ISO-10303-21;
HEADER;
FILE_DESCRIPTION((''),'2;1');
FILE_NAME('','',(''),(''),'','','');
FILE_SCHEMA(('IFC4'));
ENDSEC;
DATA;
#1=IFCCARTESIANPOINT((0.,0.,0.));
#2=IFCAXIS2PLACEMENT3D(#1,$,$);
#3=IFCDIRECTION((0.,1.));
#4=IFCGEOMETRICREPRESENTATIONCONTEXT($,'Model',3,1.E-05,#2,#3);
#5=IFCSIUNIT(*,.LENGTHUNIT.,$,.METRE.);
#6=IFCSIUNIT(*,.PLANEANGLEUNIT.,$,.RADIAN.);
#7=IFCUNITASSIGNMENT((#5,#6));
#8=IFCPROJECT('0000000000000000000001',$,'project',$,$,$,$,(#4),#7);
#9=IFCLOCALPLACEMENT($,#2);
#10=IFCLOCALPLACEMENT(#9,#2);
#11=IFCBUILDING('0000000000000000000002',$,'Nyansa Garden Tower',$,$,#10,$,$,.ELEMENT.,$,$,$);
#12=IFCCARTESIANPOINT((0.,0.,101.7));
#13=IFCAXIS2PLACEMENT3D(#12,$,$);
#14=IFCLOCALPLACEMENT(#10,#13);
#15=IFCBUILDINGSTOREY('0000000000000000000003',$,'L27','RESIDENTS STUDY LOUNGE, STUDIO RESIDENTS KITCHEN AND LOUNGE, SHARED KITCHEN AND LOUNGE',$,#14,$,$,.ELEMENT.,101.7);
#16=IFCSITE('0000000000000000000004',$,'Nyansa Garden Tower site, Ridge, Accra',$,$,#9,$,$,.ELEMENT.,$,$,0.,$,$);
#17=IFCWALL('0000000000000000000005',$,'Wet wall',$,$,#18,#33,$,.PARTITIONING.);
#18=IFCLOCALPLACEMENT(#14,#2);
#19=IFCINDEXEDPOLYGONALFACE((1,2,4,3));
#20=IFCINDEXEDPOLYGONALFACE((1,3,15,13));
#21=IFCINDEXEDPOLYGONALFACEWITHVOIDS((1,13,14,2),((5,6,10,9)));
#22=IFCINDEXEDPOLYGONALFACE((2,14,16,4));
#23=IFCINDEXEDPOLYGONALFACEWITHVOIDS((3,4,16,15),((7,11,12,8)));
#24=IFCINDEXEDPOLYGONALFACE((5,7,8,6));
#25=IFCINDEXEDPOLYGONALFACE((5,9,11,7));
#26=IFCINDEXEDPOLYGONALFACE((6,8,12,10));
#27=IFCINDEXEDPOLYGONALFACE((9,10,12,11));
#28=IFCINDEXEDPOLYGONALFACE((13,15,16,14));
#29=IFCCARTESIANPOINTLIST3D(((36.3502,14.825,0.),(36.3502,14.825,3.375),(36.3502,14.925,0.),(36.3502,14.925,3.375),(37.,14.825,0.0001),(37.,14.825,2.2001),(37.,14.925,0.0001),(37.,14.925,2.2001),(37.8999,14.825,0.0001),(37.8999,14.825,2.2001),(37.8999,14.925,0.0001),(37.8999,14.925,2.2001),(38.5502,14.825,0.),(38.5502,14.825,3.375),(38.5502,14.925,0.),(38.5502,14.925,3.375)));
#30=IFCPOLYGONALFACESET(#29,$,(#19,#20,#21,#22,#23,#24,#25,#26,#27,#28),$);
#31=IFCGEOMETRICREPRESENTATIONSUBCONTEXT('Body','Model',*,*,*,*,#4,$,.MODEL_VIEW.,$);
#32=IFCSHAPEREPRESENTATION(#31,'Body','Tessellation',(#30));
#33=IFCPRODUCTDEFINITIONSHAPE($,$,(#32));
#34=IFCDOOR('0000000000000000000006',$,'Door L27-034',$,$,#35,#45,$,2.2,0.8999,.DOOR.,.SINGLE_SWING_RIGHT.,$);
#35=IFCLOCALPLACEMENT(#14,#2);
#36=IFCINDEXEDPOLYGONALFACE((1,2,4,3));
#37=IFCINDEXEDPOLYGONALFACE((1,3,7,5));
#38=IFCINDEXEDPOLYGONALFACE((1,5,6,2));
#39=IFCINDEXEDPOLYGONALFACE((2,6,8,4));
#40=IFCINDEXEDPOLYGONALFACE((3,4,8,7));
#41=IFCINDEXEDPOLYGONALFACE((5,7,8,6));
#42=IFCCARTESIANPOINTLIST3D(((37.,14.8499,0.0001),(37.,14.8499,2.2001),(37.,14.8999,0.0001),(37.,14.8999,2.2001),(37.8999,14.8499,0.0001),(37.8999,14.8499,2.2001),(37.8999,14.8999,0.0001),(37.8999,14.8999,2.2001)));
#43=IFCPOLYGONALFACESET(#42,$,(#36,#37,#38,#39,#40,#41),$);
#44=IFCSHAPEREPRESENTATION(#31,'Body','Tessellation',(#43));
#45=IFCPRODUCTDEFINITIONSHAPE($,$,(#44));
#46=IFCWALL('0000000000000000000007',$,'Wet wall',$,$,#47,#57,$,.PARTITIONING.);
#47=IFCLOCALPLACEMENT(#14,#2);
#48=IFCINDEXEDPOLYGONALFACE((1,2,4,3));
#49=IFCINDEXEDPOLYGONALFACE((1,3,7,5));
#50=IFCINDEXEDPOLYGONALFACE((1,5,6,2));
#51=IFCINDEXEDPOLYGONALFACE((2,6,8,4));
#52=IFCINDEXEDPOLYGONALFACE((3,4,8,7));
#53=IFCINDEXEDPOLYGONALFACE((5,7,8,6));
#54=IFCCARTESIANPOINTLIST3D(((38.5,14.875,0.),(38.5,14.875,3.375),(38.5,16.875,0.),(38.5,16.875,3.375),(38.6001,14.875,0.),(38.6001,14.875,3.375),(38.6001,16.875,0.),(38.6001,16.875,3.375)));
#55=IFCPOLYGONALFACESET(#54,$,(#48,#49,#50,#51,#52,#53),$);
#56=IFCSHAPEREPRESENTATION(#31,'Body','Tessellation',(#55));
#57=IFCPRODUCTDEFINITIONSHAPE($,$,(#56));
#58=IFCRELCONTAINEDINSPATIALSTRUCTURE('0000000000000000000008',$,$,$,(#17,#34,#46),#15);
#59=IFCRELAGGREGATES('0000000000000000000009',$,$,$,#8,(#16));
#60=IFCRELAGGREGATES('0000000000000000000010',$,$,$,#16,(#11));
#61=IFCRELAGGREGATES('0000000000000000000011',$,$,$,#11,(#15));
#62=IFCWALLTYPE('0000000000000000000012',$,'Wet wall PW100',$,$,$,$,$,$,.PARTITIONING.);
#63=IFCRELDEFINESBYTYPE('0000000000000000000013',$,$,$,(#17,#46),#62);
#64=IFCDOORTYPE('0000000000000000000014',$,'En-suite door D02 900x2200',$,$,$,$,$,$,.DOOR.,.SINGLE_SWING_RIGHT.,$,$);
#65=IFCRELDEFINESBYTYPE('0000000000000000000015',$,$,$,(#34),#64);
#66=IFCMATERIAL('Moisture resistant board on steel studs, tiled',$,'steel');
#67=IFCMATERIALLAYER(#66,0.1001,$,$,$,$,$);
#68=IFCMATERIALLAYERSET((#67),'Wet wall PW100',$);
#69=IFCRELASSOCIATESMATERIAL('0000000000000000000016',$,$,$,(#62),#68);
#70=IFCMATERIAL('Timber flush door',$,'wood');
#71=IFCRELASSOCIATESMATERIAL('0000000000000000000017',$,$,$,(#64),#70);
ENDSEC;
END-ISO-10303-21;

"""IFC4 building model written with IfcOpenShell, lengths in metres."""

from ifc_helpers import new_model, si_unit, direction, frame, frame_2d, origin, place, context, subcontext, project, spatial, rectangle, extrude, material, layer, layer_set, type_object, element, fill, save


model = new_model("IFC4")

# Units and contexts
model_context = context("Model", 3, precision=1e-05, world=origin(), true_north=direction((0.0, 1.0)))
body_context = subcontext(model_context, "Body", "Model", "MODEL_VIEW")
ifc_project = project(units=[si_unit("LENGTHUNIT", "METRE"), si_unit("PLANEANGLEUNIT", "RADIAN")], contexts=[model_context])

# Site, building, storey
site_placement = place(None, origin())
site = spatial("IfcSite", under=ifc_project, at=site_placement, Name="Nyansa Garden Tower site, Ridge, Accra", CompositionType="ELEMENT", RefElevation=0.0)
building_placement = place(site_placement, origin())
building = spatial("IfcBuilding", under=site, at=building_placement, Name="Nyansa Garden Tower", CompositionType="ELEMENT")
storey_placement = place(building_placement, frame((0.0, 0.0, 101.7)))
storey = spatial("IfcBuildingStorey", under=building, at=storey_placement, Name="L27", Description="RESIDENTS STUDY LOUNGE, STUDIO RESIDENTS KITCHEN AND LOUNGE, SHARED KITCHEN AND LOUNGE", CompositionType="ELEMENT", Elevation=101.7)

# Wall, opening, door
ifc_material_1 = material(Name="Moisture resistant board on steel studs, tiled", Category="steel")
ifc_layer_1 = layer(ifc_material_1, 0.1001)
ifc_layer_set_1 = layer_set([ifc_layer_1], Name="Wet wall PW100")
wall_type_1 = type_object("IfcWallType", Name="Wet wall PW100", PredefinedType="PARTITIONING", material=ifc_layer_set_1)
wall_1_placement = place(storey_placement, frame((36.3501, 14.875, 0.0), z_axis=(0.0, 0.0, 1.0), x_axis=(1.0, 0.0, 0.0)))
wall_1 = element("IfcWall", 1, at=wall_1_placement, inside=storey, type_object=wall_type_1, Name="Wet wall", PredefinedType="PARTITIONING", context=body_context, shape_type="SweptSolid", body=[
    extrude(rectangle(XDim=2.2, YDim=0.1001, at=frame_2d((1.1001, 0.0))), origin(), (0.0, 0.0, 1.0), 3.375),
])
opening_1_placement = place(wall_1_placement, frame((0.6499, 0.0, 0.0)))
opening_1 = element("IfcOpeningElement", 2, at=opening_1_placement, cuts=wall_1, PredefinedType="OPENING", context=body_context, shape_type="SweptSolid", body=[
    extrude(rectangle(XDim=0.8999, YDim=2.2, at=frame_2d((0.45, 1.1001))), frame((0.0, 0.0601, 0.0), z_axis=(0.0, -1.0, 0.0), x_axis=(1.0, 0.0, 0.0)), (0.0, 0.0, 1.0), 0.1201),
])
ifc_material_2 = material(Name="Timber flush door", Category="wood")
door_type_1 = type_object("IfcDoorType", Name="En-suite door D02 900x2200", OperationType="SINGLE_SWING_RIGHT", PredefinedType="DOOR", material=ifc_material_2)
door_1_placement = place(opening_1_placement, origin())
door_1 = element("IfcDoor", 3, at=door_1_placement, inside=storey, type_object=door_type_1, Name="Door L27-034", OperationType="SINGLE_SWING_RIGHT", OverallHeight=2.2, OverallWidth=0.8999, PredefinedType="DOOR", context=body_context, shape_type="SweptSolid", body=[
    extrude(rectangle(XDim=0.8999, YDim=2.2, at=frame_2d((0.45, 1.1001))), frame((0.0, 0.0249, 0.0), z_axis=(0.0, -1.0, 0.0), x_axis=(1.0, 0.0, 0.0)), (0.0, 0.0, 1.0), 0.05),
])
fill(opening_1, door_1)

# Wall
wall_2_placement = place(storey_placement, frame((38.55, 14.875, 0.0), z_axis=(0.0, 0.0, 1.0), x_axis=(0.0, 1.0, 0.0)))
element("IfcWall", 4, at=wall_2_placement, inside=storey, type_object=wall_type_1, Name="Wet wall", PredefinedType="PARTITIONING", context=body_context, shape_type="SweptSolid", body=[
    extrude(rectangle(XDim=2.0, YDim=0.1001, at=frame_2d((1.0, 0.0))), origin(), (0.0, 0.0, 1.0), 3.375),
])

save(model, "model.ifc")
